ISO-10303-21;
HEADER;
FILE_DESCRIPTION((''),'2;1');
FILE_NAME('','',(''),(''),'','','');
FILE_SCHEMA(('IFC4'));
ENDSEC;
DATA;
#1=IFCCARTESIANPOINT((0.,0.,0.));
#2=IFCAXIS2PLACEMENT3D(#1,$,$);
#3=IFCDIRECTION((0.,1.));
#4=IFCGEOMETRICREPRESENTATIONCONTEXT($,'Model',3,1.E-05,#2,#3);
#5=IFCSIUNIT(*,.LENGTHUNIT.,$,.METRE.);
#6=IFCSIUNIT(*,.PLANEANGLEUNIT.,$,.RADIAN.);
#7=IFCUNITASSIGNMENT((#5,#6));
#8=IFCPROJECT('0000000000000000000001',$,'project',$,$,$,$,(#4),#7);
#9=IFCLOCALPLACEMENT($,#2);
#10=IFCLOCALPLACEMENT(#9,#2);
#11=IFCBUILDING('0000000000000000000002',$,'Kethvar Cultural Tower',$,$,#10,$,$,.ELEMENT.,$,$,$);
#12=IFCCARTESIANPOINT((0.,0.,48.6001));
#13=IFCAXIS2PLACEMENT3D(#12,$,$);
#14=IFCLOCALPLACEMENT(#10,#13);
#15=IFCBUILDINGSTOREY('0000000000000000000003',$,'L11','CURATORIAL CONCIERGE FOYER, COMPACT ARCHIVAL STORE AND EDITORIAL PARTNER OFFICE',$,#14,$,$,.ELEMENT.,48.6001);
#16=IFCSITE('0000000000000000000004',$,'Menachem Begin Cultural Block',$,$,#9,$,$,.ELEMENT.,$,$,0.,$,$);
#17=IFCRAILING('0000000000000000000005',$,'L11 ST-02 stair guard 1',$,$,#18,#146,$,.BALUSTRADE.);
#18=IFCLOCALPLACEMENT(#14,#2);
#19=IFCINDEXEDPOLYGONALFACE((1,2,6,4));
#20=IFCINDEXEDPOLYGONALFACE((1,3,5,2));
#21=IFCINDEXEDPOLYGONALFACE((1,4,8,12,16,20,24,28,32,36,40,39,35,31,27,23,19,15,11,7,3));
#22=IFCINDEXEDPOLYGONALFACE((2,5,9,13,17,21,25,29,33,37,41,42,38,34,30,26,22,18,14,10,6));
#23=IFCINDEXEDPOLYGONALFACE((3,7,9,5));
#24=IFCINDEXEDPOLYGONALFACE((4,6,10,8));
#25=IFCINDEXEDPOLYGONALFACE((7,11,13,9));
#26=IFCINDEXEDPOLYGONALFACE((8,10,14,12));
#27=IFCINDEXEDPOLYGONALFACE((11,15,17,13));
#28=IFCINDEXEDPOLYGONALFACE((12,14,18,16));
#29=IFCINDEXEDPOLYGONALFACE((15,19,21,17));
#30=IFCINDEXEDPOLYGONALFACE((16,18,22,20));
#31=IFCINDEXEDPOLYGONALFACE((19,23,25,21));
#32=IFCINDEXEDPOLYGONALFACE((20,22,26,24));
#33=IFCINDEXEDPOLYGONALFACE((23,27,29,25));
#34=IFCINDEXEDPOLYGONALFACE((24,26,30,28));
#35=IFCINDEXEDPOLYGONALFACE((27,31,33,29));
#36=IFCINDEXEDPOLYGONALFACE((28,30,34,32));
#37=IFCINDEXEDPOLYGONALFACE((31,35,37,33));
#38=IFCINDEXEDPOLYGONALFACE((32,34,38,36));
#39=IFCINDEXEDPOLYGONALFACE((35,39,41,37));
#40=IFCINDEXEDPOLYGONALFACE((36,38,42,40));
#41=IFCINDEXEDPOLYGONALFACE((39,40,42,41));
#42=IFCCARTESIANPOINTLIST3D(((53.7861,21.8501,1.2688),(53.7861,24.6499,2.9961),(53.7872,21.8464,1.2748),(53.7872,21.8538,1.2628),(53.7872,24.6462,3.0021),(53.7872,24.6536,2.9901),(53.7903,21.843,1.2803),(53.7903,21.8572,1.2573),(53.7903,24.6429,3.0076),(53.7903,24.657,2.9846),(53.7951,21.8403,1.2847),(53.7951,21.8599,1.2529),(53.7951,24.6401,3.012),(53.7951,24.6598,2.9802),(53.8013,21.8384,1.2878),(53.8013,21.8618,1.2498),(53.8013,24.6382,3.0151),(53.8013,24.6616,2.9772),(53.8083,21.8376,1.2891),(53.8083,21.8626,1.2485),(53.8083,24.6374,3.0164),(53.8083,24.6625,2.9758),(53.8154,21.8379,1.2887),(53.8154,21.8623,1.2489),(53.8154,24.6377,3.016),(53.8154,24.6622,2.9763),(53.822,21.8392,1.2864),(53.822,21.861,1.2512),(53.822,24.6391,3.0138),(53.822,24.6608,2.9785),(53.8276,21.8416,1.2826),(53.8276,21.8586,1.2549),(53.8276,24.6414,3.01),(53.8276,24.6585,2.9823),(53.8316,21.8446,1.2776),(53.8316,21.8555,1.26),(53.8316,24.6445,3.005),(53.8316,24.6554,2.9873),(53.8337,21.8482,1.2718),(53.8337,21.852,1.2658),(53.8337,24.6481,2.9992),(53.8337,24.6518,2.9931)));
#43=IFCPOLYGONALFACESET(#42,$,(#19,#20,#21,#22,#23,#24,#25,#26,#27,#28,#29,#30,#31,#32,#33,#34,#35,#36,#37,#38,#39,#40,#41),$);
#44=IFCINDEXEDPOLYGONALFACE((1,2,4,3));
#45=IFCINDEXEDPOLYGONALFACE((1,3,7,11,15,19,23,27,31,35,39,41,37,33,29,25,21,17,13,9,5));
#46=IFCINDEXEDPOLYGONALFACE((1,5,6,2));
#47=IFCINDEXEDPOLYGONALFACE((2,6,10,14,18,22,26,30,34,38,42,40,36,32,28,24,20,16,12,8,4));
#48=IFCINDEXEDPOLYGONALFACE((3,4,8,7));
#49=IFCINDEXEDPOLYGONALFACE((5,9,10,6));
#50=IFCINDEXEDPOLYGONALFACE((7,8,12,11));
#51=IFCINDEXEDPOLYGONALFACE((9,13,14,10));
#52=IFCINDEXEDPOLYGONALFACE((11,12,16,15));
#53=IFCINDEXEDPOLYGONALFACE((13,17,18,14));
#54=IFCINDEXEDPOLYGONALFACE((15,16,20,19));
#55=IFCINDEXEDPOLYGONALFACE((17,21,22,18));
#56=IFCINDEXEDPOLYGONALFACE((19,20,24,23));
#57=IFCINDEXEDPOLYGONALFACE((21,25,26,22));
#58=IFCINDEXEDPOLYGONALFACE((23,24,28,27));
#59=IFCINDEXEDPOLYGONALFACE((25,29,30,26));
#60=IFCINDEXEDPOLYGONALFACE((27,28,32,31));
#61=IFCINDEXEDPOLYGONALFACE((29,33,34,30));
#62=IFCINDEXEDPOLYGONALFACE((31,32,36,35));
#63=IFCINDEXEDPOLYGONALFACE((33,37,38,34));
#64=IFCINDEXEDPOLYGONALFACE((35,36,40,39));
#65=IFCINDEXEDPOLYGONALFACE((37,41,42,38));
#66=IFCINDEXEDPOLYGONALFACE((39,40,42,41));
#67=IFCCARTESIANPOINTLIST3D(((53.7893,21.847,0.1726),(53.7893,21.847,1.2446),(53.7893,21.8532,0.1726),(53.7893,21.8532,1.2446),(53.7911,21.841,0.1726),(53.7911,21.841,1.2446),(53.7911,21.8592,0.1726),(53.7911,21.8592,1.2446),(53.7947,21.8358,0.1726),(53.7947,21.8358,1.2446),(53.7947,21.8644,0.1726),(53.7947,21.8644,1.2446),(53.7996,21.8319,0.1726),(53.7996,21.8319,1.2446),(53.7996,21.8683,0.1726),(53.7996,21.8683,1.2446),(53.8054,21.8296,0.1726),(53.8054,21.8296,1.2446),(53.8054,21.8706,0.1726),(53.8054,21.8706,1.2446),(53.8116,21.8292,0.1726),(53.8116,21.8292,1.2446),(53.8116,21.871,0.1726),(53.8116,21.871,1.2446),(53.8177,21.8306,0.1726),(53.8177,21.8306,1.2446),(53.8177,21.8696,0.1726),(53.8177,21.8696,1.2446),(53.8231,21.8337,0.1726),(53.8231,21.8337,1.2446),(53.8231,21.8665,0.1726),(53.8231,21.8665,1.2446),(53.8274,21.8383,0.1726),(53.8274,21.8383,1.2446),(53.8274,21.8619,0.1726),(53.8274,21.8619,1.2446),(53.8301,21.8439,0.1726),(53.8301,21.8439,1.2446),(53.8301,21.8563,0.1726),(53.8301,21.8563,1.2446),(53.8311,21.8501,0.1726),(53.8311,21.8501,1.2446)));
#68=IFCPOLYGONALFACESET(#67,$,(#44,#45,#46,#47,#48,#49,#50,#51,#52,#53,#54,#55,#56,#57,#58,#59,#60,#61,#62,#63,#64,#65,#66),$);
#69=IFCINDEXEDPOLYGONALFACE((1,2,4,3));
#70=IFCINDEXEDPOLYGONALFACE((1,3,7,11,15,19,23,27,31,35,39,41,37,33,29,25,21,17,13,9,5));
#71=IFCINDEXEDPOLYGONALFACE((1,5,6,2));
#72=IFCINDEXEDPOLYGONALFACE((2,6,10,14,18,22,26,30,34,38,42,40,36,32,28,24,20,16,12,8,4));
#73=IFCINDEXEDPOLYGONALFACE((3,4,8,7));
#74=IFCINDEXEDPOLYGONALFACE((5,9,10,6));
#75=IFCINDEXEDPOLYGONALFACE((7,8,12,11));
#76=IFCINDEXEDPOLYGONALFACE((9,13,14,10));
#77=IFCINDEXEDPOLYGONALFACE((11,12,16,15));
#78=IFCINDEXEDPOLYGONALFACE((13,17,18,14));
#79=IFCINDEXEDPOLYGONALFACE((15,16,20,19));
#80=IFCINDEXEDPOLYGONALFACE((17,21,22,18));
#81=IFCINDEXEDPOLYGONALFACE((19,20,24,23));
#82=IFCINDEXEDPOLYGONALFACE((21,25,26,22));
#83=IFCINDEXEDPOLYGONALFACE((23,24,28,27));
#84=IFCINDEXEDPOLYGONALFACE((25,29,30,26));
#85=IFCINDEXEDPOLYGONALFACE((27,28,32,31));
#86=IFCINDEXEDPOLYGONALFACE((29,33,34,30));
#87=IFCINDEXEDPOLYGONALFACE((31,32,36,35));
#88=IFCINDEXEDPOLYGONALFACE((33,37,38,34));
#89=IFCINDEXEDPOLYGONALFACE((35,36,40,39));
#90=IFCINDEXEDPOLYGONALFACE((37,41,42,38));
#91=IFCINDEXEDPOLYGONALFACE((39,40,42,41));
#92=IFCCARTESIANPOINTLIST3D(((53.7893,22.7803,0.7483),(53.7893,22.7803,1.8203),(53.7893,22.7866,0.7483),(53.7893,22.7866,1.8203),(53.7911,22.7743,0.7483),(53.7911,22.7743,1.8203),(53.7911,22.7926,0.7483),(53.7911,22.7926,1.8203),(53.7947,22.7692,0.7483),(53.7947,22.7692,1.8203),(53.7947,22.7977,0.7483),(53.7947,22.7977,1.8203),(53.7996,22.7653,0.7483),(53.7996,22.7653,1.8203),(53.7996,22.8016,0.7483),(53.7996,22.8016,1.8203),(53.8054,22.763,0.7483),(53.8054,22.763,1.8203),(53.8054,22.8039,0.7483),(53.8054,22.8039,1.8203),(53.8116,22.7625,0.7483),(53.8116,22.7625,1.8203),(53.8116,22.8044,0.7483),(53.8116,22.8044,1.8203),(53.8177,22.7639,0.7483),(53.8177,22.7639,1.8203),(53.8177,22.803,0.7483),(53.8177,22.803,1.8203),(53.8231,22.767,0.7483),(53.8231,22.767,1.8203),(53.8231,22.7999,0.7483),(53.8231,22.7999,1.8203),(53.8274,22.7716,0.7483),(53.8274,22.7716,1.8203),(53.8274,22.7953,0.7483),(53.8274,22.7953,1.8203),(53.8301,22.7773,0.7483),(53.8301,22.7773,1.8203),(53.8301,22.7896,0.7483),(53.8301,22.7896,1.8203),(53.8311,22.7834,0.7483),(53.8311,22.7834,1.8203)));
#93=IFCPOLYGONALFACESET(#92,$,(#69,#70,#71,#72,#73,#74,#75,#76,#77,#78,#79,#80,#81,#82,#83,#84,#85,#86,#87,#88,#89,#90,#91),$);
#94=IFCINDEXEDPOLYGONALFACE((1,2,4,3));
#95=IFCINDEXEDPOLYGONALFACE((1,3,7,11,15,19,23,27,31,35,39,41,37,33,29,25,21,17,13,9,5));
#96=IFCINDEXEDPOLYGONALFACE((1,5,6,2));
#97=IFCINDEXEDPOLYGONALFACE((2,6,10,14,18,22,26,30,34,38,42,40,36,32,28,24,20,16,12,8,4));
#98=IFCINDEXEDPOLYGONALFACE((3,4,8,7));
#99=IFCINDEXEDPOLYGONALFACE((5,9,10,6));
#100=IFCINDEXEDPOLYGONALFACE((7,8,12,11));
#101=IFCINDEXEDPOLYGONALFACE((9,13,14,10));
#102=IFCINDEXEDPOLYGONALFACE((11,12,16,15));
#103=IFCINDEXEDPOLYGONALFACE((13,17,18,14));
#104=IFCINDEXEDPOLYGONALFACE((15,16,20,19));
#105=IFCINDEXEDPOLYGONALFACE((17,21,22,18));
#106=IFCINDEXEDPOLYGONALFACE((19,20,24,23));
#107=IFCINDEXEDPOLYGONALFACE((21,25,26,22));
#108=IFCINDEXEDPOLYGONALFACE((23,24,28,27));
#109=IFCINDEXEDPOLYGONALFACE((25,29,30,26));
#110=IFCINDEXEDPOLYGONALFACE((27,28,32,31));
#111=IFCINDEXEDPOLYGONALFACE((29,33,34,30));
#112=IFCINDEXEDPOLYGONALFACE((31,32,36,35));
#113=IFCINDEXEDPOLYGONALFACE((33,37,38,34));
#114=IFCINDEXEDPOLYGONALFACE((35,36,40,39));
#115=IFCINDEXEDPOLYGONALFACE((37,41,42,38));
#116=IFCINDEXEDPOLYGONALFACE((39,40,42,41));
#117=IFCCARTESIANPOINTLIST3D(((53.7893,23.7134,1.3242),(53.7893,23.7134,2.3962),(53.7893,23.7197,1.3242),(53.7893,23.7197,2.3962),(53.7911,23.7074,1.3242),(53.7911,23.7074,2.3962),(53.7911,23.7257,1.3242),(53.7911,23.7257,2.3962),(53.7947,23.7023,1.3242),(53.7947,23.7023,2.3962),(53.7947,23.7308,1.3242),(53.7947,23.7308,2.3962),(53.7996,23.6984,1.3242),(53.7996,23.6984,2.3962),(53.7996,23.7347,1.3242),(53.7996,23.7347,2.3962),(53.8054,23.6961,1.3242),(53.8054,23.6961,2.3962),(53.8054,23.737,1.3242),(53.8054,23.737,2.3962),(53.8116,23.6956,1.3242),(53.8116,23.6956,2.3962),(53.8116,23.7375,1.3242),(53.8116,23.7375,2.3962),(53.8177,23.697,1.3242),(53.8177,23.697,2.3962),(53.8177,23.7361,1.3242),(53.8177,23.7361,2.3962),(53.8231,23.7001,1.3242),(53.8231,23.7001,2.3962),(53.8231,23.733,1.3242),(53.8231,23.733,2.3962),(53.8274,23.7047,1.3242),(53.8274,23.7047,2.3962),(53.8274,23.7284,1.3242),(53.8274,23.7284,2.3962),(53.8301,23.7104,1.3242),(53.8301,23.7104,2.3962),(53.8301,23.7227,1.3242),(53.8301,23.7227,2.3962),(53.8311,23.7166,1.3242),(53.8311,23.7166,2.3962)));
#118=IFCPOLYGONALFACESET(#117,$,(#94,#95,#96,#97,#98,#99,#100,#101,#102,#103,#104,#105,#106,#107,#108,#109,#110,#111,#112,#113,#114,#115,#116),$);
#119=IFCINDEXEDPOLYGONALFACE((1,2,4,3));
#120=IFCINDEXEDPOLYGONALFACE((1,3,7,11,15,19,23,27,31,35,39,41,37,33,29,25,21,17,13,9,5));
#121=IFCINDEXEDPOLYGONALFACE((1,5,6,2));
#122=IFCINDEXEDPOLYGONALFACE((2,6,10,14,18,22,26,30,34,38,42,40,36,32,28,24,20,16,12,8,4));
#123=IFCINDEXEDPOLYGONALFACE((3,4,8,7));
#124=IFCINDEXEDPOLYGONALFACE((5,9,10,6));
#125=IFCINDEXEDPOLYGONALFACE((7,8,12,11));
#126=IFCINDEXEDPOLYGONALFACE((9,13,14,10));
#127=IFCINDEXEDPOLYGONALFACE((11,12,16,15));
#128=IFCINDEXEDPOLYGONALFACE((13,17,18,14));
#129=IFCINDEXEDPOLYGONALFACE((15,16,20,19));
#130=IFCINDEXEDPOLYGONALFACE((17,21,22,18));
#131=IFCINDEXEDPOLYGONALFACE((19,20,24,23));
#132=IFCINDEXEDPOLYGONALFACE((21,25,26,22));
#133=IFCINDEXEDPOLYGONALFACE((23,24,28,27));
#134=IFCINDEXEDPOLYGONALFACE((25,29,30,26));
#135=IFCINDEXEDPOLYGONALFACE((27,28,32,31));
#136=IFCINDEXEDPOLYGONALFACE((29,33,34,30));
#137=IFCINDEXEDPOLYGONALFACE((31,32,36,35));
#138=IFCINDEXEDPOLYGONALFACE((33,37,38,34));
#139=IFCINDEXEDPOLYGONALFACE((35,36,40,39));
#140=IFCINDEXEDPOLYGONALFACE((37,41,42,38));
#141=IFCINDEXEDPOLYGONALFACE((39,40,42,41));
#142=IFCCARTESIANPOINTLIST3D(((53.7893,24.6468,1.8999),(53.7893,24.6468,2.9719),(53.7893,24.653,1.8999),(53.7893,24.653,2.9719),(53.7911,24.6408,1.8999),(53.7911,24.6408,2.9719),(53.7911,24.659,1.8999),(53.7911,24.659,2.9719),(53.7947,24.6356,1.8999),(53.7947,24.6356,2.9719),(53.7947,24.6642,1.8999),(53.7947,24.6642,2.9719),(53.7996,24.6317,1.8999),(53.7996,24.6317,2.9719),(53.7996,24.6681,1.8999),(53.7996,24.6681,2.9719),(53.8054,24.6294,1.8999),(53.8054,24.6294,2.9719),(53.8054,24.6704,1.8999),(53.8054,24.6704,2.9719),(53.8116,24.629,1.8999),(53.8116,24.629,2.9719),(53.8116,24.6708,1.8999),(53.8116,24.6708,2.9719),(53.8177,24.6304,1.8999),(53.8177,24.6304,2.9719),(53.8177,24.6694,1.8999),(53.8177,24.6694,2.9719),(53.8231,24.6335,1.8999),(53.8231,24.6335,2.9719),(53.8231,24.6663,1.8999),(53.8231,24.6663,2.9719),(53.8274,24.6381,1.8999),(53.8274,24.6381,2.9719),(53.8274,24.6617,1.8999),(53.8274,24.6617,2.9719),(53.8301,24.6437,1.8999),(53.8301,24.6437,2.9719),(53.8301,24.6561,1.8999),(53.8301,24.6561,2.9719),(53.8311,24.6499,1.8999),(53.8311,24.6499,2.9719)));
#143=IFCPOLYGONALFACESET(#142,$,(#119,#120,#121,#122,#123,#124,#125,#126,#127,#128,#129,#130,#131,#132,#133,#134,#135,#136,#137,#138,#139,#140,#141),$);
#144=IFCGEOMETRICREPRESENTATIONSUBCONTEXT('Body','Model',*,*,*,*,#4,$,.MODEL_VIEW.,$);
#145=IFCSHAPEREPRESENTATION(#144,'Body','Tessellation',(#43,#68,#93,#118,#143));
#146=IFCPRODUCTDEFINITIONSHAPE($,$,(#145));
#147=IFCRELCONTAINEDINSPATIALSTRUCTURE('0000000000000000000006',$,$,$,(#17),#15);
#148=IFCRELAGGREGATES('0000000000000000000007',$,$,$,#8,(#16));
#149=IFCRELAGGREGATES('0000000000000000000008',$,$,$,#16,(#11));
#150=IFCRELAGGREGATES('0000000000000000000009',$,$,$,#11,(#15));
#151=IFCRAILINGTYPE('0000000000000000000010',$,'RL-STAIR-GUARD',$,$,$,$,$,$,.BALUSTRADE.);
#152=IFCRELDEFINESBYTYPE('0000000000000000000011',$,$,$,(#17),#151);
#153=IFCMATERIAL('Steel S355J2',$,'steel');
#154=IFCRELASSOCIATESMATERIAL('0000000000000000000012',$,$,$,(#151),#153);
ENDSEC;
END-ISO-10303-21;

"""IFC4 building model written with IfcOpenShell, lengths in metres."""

from ifc_helpers import new_model, si_unit, direction, frame, origin, origin_2d, place, context, subcontext, project, spatial, circle, extrude, material, type_object, element, save


model = new_model("IFC4")

# Units and contexts
model_context = context("Model", 3, precision=1e-05, world=origin(), true_north=direction((0.0, 1.0)))
body_context = subcontext(model_context, "Body", "Model", "MODEL_VIEW")
ifc_project = project(units=[si_unit("LENGTHUNIT", "METRE"), si_unit("PLANEANGLEUNIT", "RADIAN")], contexts=[model_context])

# Site, building, storey
site_placement = place(None, origin())
site = spatial("IfcSite", under=ifc_project, at=site_placement, Name="Menachem Begin Cultural Block", CompositionType="ELEMENT", RefElevation=0.0)
building_placement = place(site_placement, origin())
building = spatial("IfcBuilding", under=site, at=building_placement, Name="Kethvar Cultural Tower", CompositionType="ELEMENT")
storey_placement = place(building_placement, frame((0.0, 0.0, 48.6001)))
storey = spatial("IfcBuildingStorey", under=building, at=storey_placement, Name="L11", Description="CURATORIAL CONCIERGE FOYER, COMPACT ARCHIVAL STORE AND EDITORIAL PARTNER OFFICE", CompositionType="ELEMENT", Elevation=48.6001)

# Shared definitions
ifc_material_1 = material(Name="Steel S355J2", Category="steel")

# Railing
railing_type_1 = type_object("IfcRailingType", Name="RL-STAIR-GUARD", PredefinedType="BALUSTRADE", material=ifc_material_1)
railing_1_placement = place(storey_placement, frame((53.8101, 21.8501, 0.1726)))
element("IfcRailing", 1, at=railing_1_placement, inside=storey, type_object=railing_type_1, Name="L11 ST-02 stair guard 1", PredefinedType="BALUSTRADE", context=body_context, shape_type="SweptSolid", body=[
    extrude(circle(Radius=0.0239, at=origin_2d()), frame((0.0, 0.0, 1.0962), z_axis=(0.0, 0.851069, 0.525054), x_axis=(-1.0, 0.0, 0.0)), (0.0, 0.0, 1.0), 3.2898),
    extrude(circle(Radius=0.021, at=origin_2d()), origin(), (0.0, 0.0, 1.0), 1.072),
    extrude(circle(Radius=0.021, at=origin_2d()), frame((0.0, 0.9333, 0.5757)), (0.0, 0.0, 1.0), 1.072),
    extrude(circle(Radius=0.021, at=origin_2d()), frame((0.0, 1.8665, 1.1516)), (0.0, 0.0, 1.0), 1.072),
    extrude(circle(Radius=0.021, at=origin_2d()), frame((0.0, 2.7998, 1.7273)), (0.0, 0.0, 1.0), 1.072),
])

save(model, "model.ifc")
